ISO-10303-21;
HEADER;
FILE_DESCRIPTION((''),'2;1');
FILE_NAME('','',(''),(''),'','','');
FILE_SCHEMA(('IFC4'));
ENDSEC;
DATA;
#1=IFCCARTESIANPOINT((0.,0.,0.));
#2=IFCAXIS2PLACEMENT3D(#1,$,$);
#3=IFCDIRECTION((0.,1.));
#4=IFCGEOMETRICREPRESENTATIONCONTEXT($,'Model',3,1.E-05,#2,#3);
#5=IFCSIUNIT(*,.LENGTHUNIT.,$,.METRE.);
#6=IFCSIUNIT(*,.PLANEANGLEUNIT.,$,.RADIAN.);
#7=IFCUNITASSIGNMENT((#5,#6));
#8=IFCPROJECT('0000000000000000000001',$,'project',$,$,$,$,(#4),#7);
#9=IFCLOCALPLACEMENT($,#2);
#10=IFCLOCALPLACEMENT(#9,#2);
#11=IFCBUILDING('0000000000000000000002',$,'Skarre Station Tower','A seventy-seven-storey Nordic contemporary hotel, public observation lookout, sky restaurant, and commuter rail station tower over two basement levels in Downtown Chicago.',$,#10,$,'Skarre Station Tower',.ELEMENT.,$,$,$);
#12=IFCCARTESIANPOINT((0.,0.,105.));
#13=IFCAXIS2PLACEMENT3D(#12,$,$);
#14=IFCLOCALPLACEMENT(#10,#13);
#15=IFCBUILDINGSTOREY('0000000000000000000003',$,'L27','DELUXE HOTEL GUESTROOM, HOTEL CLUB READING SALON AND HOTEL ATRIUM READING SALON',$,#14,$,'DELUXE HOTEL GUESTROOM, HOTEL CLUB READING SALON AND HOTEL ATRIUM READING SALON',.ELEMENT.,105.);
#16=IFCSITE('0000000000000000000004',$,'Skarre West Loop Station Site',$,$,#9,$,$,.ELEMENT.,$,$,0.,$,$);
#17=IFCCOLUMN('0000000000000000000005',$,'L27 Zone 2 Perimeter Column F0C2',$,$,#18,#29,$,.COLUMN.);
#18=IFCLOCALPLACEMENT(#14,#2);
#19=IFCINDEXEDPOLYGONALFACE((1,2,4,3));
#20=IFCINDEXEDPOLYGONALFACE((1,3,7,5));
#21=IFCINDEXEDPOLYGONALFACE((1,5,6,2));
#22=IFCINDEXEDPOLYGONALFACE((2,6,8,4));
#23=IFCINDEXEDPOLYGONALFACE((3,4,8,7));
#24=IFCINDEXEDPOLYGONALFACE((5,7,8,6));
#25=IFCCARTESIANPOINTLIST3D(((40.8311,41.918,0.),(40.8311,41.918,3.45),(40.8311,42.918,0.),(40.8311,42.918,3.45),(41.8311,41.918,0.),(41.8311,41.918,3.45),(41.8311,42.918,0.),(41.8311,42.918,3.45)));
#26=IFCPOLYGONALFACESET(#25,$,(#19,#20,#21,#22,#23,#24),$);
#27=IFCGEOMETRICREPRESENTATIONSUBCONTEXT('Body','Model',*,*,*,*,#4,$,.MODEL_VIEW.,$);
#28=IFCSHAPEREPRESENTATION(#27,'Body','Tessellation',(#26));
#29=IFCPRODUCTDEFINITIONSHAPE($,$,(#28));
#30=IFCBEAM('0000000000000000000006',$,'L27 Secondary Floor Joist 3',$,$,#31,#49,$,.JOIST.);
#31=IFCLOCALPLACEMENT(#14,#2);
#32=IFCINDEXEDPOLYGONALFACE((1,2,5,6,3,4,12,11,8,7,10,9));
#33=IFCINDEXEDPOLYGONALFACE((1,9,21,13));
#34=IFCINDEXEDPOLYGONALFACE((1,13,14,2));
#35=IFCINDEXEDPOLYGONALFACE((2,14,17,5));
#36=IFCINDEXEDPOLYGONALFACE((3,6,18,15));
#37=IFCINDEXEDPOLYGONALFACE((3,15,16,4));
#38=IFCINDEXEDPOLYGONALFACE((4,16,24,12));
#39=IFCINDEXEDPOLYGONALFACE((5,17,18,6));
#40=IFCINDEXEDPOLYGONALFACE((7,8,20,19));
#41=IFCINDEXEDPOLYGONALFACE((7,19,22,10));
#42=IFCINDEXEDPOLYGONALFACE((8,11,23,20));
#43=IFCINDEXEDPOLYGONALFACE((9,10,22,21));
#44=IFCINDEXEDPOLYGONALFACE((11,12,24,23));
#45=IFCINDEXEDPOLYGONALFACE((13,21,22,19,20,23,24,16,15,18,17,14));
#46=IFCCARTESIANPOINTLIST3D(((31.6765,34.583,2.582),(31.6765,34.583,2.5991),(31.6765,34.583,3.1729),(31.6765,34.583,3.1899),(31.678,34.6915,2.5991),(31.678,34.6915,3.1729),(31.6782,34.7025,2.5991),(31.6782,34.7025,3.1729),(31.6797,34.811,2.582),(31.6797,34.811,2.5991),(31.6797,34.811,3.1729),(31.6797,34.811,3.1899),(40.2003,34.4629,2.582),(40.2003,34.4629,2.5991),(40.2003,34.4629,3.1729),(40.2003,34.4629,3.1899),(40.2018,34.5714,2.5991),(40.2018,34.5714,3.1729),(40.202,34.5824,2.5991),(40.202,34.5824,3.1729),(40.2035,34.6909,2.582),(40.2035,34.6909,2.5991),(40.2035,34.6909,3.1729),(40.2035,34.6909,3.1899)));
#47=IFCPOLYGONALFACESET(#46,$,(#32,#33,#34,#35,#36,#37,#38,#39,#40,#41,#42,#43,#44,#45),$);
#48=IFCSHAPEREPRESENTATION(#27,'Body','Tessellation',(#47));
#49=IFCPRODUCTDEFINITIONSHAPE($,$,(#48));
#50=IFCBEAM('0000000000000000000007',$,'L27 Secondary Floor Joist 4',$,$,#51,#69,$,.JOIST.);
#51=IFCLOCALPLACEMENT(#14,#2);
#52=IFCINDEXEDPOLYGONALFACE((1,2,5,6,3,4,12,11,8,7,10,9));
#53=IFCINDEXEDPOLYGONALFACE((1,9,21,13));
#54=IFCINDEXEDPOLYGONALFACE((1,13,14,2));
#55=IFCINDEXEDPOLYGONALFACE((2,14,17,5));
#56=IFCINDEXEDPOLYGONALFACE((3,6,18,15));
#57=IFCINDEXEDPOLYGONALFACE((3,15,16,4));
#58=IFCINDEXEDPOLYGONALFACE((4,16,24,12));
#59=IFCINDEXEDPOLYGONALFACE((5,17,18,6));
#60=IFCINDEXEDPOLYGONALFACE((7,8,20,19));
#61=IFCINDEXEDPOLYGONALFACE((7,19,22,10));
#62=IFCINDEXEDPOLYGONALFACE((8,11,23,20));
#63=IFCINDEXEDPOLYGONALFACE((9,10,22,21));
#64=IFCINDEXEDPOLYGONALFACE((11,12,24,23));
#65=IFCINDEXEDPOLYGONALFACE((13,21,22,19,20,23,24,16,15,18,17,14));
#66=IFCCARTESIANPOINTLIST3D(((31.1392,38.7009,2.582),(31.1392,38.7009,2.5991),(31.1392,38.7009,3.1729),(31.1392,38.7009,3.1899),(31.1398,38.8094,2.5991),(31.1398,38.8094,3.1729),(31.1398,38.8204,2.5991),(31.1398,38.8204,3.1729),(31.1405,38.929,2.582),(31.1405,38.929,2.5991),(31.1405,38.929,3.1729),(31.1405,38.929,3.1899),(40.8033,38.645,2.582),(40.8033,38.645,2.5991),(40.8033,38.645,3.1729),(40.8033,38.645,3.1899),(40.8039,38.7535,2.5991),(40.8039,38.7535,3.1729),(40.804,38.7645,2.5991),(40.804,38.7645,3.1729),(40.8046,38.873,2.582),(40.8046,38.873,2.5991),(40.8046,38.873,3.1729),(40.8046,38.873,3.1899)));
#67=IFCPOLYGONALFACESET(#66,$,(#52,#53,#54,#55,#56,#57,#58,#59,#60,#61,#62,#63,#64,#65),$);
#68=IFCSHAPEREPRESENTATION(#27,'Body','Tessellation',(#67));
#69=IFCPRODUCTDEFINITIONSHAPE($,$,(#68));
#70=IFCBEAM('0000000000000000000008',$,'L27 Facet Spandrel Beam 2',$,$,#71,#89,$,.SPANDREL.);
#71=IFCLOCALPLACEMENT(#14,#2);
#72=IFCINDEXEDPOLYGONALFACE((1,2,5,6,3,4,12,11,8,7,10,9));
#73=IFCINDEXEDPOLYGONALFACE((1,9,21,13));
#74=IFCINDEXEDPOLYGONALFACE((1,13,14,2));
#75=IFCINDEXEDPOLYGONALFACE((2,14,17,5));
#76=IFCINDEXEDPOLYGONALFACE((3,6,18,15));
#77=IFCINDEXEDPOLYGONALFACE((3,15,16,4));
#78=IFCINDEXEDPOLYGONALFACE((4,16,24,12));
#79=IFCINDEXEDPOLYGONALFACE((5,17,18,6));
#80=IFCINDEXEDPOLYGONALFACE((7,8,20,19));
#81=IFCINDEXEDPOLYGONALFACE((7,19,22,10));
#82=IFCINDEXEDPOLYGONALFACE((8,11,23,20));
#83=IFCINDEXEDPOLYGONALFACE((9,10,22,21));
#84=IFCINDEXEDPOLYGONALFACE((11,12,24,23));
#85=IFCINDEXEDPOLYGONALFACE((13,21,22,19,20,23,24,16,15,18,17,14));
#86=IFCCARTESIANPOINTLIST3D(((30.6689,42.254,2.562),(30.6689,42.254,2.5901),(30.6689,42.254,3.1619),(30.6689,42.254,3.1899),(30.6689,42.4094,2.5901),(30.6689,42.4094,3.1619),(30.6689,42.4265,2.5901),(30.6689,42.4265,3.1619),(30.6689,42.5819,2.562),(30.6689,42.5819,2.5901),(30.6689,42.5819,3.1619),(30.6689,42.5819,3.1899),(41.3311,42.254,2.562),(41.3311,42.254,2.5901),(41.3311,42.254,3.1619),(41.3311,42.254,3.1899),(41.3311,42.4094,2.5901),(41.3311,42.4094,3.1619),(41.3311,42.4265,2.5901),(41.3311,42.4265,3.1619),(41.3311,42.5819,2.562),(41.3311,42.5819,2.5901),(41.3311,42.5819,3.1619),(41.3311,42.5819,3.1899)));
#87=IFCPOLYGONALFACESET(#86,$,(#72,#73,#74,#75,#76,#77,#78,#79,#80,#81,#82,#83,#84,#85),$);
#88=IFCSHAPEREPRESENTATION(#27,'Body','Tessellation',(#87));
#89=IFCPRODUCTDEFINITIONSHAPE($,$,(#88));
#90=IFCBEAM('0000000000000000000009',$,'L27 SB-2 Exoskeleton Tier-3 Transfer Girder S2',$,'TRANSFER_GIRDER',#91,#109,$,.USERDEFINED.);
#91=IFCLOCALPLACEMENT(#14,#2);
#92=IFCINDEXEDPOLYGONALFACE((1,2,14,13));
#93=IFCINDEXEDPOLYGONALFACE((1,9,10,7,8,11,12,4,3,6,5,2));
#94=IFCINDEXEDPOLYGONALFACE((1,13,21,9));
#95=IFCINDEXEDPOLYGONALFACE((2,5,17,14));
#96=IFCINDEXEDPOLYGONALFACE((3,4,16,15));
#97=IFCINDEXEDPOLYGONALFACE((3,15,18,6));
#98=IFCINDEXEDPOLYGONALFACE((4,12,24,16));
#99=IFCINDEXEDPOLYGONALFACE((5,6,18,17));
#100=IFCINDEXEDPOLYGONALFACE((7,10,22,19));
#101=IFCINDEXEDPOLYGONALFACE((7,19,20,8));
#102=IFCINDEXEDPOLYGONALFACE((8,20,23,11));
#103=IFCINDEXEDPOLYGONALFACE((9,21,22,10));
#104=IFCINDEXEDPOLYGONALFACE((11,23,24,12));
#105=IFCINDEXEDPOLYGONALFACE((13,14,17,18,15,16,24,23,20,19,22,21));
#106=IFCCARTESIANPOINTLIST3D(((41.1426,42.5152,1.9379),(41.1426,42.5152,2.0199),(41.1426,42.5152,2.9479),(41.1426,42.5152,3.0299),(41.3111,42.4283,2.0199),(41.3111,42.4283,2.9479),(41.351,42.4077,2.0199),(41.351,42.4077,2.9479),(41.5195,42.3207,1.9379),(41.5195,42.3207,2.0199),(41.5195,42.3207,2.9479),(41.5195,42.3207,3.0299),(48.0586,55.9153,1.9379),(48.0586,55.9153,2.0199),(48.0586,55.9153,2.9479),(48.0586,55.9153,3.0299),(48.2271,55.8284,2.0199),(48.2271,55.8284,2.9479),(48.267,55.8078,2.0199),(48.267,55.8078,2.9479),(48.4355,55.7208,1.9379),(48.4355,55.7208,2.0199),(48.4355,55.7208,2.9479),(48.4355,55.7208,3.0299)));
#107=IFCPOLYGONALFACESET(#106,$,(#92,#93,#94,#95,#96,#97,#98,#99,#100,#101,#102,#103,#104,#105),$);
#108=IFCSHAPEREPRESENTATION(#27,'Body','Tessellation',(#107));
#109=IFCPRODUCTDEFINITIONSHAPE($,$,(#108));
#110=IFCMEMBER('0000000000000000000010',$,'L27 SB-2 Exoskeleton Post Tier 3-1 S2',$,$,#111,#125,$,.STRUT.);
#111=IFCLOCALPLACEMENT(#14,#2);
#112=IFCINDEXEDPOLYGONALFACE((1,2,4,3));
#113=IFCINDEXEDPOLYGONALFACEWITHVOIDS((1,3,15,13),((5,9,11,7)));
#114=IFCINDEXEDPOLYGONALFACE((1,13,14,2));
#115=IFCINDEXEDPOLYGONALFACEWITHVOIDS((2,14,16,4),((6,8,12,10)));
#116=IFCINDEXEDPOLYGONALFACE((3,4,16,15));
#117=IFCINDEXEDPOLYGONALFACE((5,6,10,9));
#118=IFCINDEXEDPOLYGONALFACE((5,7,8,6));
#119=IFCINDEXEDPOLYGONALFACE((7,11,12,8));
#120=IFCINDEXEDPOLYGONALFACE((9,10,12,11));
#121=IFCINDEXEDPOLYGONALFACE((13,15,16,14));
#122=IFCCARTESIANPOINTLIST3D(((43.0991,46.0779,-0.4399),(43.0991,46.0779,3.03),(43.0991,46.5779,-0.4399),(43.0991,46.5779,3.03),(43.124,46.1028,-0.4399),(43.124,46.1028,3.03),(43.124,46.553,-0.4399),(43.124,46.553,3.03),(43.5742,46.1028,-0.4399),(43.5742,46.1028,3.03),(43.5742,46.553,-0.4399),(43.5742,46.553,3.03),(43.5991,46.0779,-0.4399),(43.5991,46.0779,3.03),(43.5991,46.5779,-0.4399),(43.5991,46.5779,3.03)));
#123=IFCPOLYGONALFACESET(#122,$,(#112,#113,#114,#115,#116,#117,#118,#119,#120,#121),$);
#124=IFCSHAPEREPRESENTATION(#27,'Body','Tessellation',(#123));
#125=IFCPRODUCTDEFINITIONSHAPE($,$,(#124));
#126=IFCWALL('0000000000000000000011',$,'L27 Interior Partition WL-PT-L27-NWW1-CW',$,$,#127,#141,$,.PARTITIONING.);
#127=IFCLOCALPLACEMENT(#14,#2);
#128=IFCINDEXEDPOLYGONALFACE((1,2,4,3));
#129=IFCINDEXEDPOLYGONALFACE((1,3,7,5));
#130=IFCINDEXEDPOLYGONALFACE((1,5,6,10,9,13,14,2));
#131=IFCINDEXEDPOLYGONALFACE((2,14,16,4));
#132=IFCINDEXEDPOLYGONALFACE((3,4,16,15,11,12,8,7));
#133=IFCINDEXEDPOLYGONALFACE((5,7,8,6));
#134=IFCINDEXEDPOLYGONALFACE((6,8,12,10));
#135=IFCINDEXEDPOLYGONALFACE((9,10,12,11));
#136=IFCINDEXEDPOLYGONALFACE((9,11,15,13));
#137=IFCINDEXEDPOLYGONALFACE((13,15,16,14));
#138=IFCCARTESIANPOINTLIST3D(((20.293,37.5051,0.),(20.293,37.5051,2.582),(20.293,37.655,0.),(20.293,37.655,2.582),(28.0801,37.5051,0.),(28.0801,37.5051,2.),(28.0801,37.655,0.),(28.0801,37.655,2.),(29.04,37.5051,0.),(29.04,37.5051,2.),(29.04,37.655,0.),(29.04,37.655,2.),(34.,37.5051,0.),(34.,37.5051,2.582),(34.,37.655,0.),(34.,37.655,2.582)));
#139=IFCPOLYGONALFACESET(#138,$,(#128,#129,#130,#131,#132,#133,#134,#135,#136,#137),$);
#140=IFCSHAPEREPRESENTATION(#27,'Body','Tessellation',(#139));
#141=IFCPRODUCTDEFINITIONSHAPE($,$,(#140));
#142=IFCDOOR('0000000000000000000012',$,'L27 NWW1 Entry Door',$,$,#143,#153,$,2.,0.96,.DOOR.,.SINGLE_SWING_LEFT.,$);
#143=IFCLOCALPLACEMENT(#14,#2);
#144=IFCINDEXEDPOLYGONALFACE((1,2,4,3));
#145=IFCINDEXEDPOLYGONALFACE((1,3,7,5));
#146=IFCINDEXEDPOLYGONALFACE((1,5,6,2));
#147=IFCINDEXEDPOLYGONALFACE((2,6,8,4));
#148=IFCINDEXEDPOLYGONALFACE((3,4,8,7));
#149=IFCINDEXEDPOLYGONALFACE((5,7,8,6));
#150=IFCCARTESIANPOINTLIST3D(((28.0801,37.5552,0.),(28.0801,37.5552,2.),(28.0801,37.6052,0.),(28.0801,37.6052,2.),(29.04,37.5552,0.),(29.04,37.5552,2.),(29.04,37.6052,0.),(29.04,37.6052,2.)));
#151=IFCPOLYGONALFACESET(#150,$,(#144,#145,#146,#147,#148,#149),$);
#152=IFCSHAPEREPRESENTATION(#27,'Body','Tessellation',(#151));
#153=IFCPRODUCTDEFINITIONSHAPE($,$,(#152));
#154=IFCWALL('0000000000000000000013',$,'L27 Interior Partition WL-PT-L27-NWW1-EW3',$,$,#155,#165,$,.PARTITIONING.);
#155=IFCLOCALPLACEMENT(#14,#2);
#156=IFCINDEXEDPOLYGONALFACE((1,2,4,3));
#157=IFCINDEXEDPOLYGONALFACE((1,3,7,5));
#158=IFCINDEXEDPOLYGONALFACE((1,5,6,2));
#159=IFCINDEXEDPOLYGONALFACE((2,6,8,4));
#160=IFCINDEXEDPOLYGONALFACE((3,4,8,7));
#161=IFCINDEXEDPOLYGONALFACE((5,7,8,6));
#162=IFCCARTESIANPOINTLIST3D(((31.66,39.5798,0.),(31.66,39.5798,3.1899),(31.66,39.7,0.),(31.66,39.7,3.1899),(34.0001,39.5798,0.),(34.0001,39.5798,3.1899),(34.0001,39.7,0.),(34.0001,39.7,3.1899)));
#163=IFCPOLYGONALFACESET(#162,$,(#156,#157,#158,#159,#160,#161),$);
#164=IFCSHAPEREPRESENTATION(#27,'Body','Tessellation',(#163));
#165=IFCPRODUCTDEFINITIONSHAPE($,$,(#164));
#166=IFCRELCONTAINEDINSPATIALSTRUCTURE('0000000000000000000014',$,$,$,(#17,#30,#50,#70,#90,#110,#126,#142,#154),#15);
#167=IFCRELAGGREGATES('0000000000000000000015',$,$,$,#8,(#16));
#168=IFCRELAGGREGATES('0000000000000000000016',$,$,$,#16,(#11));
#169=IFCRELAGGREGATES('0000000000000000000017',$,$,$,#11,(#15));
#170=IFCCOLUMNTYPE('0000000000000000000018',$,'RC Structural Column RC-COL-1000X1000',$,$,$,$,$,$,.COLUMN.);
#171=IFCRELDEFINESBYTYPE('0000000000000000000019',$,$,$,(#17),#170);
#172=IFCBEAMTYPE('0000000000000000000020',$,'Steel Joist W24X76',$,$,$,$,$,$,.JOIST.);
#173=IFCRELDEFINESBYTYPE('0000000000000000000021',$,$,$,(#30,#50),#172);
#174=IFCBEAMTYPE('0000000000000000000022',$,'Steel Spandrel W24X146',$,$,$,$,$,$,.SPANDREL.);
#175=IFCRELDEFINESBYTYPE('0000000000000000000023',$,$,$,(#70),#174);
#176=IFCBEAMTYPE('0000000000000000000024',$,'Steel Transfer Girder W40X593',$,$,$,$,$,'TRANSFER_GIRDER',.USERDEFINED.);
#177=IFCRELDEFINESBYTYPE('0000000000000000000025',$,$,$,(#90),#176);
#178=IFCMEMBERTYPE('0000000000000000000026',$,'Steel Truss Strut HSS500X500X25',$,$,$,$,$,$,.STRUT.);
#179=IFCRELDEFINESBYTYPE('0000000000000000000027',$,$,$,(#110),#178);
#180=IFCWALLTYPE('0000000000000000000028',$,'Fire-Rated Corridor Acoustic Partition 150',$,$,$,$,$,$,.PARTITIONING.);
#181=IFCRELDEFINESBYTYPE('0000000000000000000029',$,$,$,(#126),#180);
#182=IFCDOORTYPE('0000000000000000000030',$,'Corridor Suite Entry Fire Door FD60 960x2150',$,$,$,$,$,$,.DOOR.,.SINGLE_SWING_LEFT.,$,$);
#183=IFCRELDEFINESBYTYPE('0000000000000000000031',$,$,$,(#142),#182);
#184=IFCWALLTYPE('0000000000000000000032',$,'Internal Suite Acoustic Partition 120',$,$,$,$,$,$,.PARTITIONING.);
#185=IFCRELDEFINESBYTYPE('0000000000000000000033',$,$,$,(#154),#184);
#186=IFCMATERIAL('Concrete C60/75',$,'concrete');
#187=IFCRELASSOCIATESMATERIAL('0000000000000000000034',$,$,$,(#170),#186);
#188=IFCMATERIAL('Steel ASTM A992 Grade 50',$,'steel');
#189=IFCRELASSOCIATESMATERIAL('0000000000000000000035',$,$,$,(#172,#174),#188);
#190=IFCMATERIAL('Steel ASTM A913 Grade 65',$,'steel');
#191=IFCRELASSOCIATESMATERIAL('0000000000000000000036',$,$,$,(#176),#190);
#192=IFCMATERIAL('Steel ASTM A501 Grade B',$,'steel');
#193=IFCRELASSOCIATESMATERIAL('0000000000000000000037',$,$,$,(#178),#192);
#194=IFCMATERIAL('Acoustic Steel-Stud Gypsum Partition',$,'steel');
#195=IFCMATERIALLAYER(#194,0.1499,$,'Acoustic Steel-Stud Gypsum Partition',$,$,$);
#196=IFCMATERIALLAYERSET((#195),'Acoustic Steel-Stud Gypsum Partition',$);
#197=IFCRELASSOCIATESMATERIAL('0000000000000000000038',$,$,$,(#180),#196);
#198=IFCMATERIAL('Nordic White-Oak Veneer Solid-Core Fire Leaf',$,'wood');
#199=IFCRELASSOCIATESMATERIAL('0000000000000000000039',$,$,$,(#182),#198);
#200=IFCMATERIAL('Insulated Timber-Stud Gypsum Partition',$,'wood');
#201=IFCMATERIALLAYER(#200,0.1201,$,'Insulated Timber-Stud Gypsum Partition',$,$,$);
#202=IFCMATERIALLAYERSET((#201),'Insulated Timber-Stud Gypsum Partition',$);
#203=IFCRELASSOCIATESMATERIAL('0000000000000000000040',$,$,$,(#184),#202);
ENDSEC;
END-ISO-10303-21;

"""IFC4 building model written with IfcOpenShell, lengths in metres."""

from ifc_helpers import new_model, si_unit, direction, frame, frame_2d, origin, origin_2d, place, context, subcontext, project, spatial, rectangle, hollow_rectangle, i_section, extrude, material, layer, layer_set, material_profile, profile_set, type_object, element, fill, save


model = new_model("IFC4")

# Units and contexts
model_context = context("Model", 3, precision=1e-05, world=origin(), true_north=direction((0.0, 1.0)))
body_context = subcontext(model_context, "Body", "Model", "MODEL_VIEW")
ifc_project = project(units=[si_unit("LENGTHUNIT", "METRE"), si_unit("PLANEANGLEUNIT", "RADIAN")], contexts=[model_context])

# Site, building, storey
site_placement = place(None, origin())
site = spatial("IfcSite", under=ifc_project, at=site_placement, Name="Skarre West Loop Station Site", CompositionType="ELEMENT", RefElevation=0.0)
building_placement = place(site_placement, origin())
building = spatial("IfcBuilding", under=site, at=building_placement, Name="Skarre Station Tower", Description="A seventy-seven-storey Nordic contemporary hotel, public observation lookout, sky restaurant, and commuter rail station tower over two basement levels in Downtown Chicago.", LongName="Skarre Station Tower", CompositionType="ELEMENT")
storey_placement = place(building_placement, frame((0.0, 0.0, 105.0)))
storey = spatial("IfcBuildingStorey", under=building, at=storey_placement, Name="L27", Description="DELUXE HOTEL GUESTROOM, HOTEL CLUB READING SALON AND HOTEL ATRIUM READING SALON", LongName="DELUXE HOTEL GUESTROOM, HOTEL CLUB READING SALON AND HOTEL ATRIUM READING SALON", CompositionType="ELEMENT", Elevation=105.0)

# Column
ifc_material_1 = material(Name="Concrete C60/75", Category="concrete")
ifc_material_profile_1 = material_profile(ifc_material_1, rectangle(XDim=1.0, YDim=1.0, at=origin_2d()), Name="Concrete C60/75")
ifc_profile_set_1 = profile_set([ifc_material_profile_1], Name="Concrete C60/75")
column_type = type_object("IfcColumnType", Name="RC Structural Column RC-COL-1000X1000", PredefinedType="COLUMN", material=ifc_profile_set_1)
column_placement = place(storey_placement, frame((41.3311, 42.418, 0.0), z_axis=(0.0, 0.0, 1.0), x_axis=(1.0, 0.0, 0.0)))
element("IfcColumn", 1, at=column_placement, inside=storey, type_object=column_type, Name="L27 Zone 2 Perimeter Column F0C2", PredefinedType="COLUMN", context=body_context, shape_type="SweptSolid", body=[
    extrude(rectangle(XDim=1.0, YDim=1.0, at=origin_2d()), origin(), (0.0, 0.0, 1.0), 3.45),
])

# Beams
ifc_material_2 = material(Name="Steel ASTM A992 Grade 50", Category="steel")
ifc_material_profile_2 = material_profile(ifc_material_2, i_section(OverallWidth=0.228, OverallDepth=0.6079, WebThickness=0.011, FlangeThickness=0.0171, at=origin_2d()), Name="Steel ASTM A992 Grade 50")
ifc_profile_set_2 = profile_set([ifc_material_profile_2], Name="Steel ASTM A992 Grade 50")
beam_type_1 = type_object("IfcBeamType", Name="Steel Joist W24X76", PredefinedType="JOIST", material=ifc_profile_set_2)
beam_1_placement = place(storey_placement, frame((40.2019, 34.5769, 2.886), z_axis=(-0.999901, 0.01409, 0.0), x_axis=(-0.01409, -0.999901, 0.0)))
element("IfcBeam", 2, at=beam_1_placement, inside=storey, type_object=beam_type_1, Name="L27 Secondary Floor Joist 3", PredefinedType="JOIST", context=body_context, shape_type="SweptSolid", body=[
    extrude(i_section(OverallWidth=0.228, OverallDepth=0.6079, WebThickness=0.011, FlangeThickness=0.0171, at=origin_2d()), origin(), (0.0, 0.0, 1.0), 8.5247),
])
beam_2_placement = place(storey_placement, frame((40.804, 38.759, 2.886), z_axis=(-0.999983, 0.005785, 0.0), x_axis=(-0.005785, -0.999983, 0.0)))
element("IfcBeam", 3, at=beam_2_placement, inside=storey, type_object=beam_type_1, Name="L27 Secondary Floor Joist 4", PredefinedType="JOIST", context=body_context, shape_type="SweptSolid", body=[
    extrude(i_section(OverallWidth=0.228, OverallDepth=0.6079, WebThickness=0.011, FlangeThickness=0.0171, at=origin_2d()), origin(), (0.0, 0.0, 1.0), 9.6643),
])
ifc_material_profile_3 = material_profile(ifc_material_2, i_section(OverallWidth=0.3279, OverallDepth=0.6279, WebThickness=0.0171, FlangeThickness=0.0281, at=origin_2d()), Name="Steel ASTM A992 Grade 50")
ifc_profile_set_3 = profile_set([ifc_material_profile_3], Name="Steel ASTM A992 Grade 50")
beam_type_2 = type_object("IfcBeamType", Name="Steel Spandrel W24X146", PredefinedType="SPANDREL", material=ifc_profile_set_3)
beam_3_placement = place(storey_placement, frame((41.3311, 42.418, 2.876), z_axis=(-1.0, 0.0, 0.0), x_axis=(0.0, -1.0, 0.0)))
element("IfcBeam", 4, at=beam_3_placement, inside=storey, type_object=beam_type_2, Name="L27 Facet Spandrel Beam 2", PredefinedType="SPANDREL", context=body_context, shape_type="SweptSolid", body=[
    extrude(i_section(OverallWidth=0.3279, OverallDepth=0.6279, WebThickness=0.0171, FlangeThickness=0.0281, at=origin_2d()), origin(), (0.0, 0.0, 1.0), 10.6621),
])
ifc_material_3 = material(Name="Steel ASTM A913 Grade 65", Category="steel")
ifc_material_profile_4 = material_profile(ifc_material_3, i_section(OverallWidth=0.4241, OverallDepth=1.092, WebThickness=0.0449, FlangeThickness=0.082, at=origin_2d()), Name="Steel ASTM A913 Grade 65")
ifc_profile_set_4 = profile_set([ifc_material_profile_4], Name="Steel ASTM A913 Grade 65")
beam_type_3 = type_object("IfcBeamType", Name="Steel Transfer Girder W40X593", ElementType="TRANSFER_GIRDER", PredefinedType="USERDEFINED", material=ifc_profile_set_4)
beam_4_placement = place(storey_placement, frame((41.3311, 42.418, 2.4839), z_axis=(0.458633, 0.888626, 0.0), x_axis=(-0.888626, 0.458633, 0.0)))
element("IfcBeam", 5, at=beam_4_placement, inside=storey, type_object=beam_type_3, Name="L27 SB-2 Exoskeleton Tier-3 Transfer Girder S2", ObjectType="TRANSFER_GIRDER", PredefinedType="USERDEFINED", context=body_context, shape_type="SweptSolid", body=[
    extrude(i_section(OverallWidth=0.4241, OverallDepth=1.092, WebThickness=0.0449, FlangeThickness=0.082, at=origin_2d()), origin(), (0.0, 0.0, 1.0), 15.0796),
])

# Member
ifc_material_4 = material(Name="Steel ASTM A501 Grade B", Category="steel")
ifc_material_profile_5 = material_profile(ifc_material_4, hollow_rectangle(XDim=0.5, YDim=0.5, WallThickness=0.0249, at=origin_2d()), Name="Steel ASTM A501 Grade B")
ifc_profile_set_5 = profile_set([ifc_material_profile_5], Name="Steel ASTM A501 Grade B")
member_type = type_object("IfcMemberType", Name="Steel Truss Strut HSS500X500X25", PredefinedType="STRUT", material=ifc_profile_set_5)
member_placement = place(storey_placement, frame((43.3491, 46.3279, -0.4399), z_axis=(0.0, 0.0, 1.0), x_axis=(1.0, 0.0, 0.0)))
element("IfcMember", 6, at=member_placement, inside=storey, type_object=member_type, Name="L27 SB-2 Exoskeleton Post Tier 3-1 S2", PredefinedType="STRUT", context=body_context, shape_type="SweptSolid", body=[
    extrude(hollow_rectangle(XDim=0.5, YDim=0.5, WallThickness=0.0249, at=origin_2d()), origin(), (0.0, 0.0, 1.0), 3.47),
])

# Wall, opening, door
ifc_material_5 = material(Name="Acoustic Steel-Stud Gypsum Partition", Category="steel")
ifc_layer_1 = layer(ifc_material_5, 0.1499, Name="Acoustic Steel-Stud Gypsum Partition")
ifc_layer_set_1 = layer_set([ifc_layer_1], Name="Acoustic Steel-Stud Gypsum Partition")
wall_type_1 = type_object("IfcWallType", Name="Fire-Rated Corridor Acoustic Partition 150", PredefinedType="PARTITIONING", material=ifc_layer_set_1)
wall_1_placement = place(storey_placement, frame((34.0, 37.5801, 0.0), z_axis=(0.0, 0.0, 1.0), x_axis=(-1.0, 0.0, 0.0)))
wall_1 = element("IfcWall", 7, at=wall_1_placement, inside=storey, type_object=wall_type_1, Name="L27 Interior Partition WL-PT-L27-NWW1-CW", PredefinedType="PARTITIONING", context=body_context, shape_type="SweptSolid", body=[
    extrude(rectangle(XDim=13.707, YDim=0.1499, at=frame_2d((6.8535, 0.0))), origin(), (0.0, 0.0, 1.0), 2.582),
])
opening_1_placement = place(wall_1_placement, frame((4.96, 0.0, 0.0)))
opening_1 = element("IfcOpeningElement", 8, at=opening_1_placement, cuts=wall_1, PredefinedType="OPENING", context=body_context, shape_type="SweptSolid", body=[
    extrude(rectangle(XDim=0.96, YDim=2.0, at=frame_2d((0.48, 1.0))), frame((0.0, 0.085, 0.0), z_axis=(0.0, -1.0, 0.0), x_axis=(1.0, 0.0, 0.0)), (0.0, 0.0, 1.0), 0.1699),
])
ifc_material_6 = material(Name="Nordic White-Oak Veneer Solid-Core Fire Leaf", Category="wood")
door_type = type_object("IfcDoorType", Name="Corridor Suite Entry Fire Door FD60 960x2150", OperationType="SINGLE_SWING_LEFT", PredefinedType="DOOR", material=ifc_material_6)
door_placement = place(opening_1_placement, origin())
door = element("IfcDoor", 9, at=door_placement, inside=storey, type_object=door_type, Name="L27 NWW1 Entry Door", OperationType="SINGLE_SWING_LEFT", OverallHeight=2.0, OverallWidth=0.96, PredefinedType="DOOR", context=body_context, shape_type="SweptSolid", body=[
    extrude(rectangle(XDim=0.96, YDim=2.0, at=frame_2d((0.48, 1.0))), frame((0.0, 0.0249, 0.0), z_axis=(0.0, -1.0, 0.0), x_axis=(1.0, 0.0, 0.0)), (0.0, 0.0, 1.0), 0.05),
])
fill(opening_1, door)

# Wall
ifc_material_7 = material(Name="Insulated Timber-Stud Gypsum Partition", Category="wood")
ifc_layer_2 = layer(ifc_material_7, 0.1201, Name="Insulated Timber-Stud Gypsum Partition")
ifc_layer_set_2 = layer_set([ifc_layer_2], Name="Insulated Timber-Stud Gypsum Partition")
wall_type_2 = type_object("IfcWallType", Name="Internal Suite Acoustic Partition 120", PredefinedType="PARTITIONING", material=ifc_layer_set_2)
wall_2_placement = place(storey_placement, frame((34.0, 39.6399, 0.0), z_axis=(0.0, 0.0, 1.0), x_axis=(-1.0, 0.0, 0.0)))
element("IfcWall", 10, at=wall_2_placement, inside=storey, type_object=wall_type_2, Name="L27 Interior Partition WL-PT-L27-NWW1-EW3", PredefinedType="PARTITIONING", context=body_context, shape_type="SweptSolid", body=[
    extrude(rectangle(XDim=2.3401, YDim=0.1201, at=frame_2d((1.1699, 0.0))), origin(), (0.0, 0.0, 1.0), 3.1899),
])

save(model, "model.ifc")
